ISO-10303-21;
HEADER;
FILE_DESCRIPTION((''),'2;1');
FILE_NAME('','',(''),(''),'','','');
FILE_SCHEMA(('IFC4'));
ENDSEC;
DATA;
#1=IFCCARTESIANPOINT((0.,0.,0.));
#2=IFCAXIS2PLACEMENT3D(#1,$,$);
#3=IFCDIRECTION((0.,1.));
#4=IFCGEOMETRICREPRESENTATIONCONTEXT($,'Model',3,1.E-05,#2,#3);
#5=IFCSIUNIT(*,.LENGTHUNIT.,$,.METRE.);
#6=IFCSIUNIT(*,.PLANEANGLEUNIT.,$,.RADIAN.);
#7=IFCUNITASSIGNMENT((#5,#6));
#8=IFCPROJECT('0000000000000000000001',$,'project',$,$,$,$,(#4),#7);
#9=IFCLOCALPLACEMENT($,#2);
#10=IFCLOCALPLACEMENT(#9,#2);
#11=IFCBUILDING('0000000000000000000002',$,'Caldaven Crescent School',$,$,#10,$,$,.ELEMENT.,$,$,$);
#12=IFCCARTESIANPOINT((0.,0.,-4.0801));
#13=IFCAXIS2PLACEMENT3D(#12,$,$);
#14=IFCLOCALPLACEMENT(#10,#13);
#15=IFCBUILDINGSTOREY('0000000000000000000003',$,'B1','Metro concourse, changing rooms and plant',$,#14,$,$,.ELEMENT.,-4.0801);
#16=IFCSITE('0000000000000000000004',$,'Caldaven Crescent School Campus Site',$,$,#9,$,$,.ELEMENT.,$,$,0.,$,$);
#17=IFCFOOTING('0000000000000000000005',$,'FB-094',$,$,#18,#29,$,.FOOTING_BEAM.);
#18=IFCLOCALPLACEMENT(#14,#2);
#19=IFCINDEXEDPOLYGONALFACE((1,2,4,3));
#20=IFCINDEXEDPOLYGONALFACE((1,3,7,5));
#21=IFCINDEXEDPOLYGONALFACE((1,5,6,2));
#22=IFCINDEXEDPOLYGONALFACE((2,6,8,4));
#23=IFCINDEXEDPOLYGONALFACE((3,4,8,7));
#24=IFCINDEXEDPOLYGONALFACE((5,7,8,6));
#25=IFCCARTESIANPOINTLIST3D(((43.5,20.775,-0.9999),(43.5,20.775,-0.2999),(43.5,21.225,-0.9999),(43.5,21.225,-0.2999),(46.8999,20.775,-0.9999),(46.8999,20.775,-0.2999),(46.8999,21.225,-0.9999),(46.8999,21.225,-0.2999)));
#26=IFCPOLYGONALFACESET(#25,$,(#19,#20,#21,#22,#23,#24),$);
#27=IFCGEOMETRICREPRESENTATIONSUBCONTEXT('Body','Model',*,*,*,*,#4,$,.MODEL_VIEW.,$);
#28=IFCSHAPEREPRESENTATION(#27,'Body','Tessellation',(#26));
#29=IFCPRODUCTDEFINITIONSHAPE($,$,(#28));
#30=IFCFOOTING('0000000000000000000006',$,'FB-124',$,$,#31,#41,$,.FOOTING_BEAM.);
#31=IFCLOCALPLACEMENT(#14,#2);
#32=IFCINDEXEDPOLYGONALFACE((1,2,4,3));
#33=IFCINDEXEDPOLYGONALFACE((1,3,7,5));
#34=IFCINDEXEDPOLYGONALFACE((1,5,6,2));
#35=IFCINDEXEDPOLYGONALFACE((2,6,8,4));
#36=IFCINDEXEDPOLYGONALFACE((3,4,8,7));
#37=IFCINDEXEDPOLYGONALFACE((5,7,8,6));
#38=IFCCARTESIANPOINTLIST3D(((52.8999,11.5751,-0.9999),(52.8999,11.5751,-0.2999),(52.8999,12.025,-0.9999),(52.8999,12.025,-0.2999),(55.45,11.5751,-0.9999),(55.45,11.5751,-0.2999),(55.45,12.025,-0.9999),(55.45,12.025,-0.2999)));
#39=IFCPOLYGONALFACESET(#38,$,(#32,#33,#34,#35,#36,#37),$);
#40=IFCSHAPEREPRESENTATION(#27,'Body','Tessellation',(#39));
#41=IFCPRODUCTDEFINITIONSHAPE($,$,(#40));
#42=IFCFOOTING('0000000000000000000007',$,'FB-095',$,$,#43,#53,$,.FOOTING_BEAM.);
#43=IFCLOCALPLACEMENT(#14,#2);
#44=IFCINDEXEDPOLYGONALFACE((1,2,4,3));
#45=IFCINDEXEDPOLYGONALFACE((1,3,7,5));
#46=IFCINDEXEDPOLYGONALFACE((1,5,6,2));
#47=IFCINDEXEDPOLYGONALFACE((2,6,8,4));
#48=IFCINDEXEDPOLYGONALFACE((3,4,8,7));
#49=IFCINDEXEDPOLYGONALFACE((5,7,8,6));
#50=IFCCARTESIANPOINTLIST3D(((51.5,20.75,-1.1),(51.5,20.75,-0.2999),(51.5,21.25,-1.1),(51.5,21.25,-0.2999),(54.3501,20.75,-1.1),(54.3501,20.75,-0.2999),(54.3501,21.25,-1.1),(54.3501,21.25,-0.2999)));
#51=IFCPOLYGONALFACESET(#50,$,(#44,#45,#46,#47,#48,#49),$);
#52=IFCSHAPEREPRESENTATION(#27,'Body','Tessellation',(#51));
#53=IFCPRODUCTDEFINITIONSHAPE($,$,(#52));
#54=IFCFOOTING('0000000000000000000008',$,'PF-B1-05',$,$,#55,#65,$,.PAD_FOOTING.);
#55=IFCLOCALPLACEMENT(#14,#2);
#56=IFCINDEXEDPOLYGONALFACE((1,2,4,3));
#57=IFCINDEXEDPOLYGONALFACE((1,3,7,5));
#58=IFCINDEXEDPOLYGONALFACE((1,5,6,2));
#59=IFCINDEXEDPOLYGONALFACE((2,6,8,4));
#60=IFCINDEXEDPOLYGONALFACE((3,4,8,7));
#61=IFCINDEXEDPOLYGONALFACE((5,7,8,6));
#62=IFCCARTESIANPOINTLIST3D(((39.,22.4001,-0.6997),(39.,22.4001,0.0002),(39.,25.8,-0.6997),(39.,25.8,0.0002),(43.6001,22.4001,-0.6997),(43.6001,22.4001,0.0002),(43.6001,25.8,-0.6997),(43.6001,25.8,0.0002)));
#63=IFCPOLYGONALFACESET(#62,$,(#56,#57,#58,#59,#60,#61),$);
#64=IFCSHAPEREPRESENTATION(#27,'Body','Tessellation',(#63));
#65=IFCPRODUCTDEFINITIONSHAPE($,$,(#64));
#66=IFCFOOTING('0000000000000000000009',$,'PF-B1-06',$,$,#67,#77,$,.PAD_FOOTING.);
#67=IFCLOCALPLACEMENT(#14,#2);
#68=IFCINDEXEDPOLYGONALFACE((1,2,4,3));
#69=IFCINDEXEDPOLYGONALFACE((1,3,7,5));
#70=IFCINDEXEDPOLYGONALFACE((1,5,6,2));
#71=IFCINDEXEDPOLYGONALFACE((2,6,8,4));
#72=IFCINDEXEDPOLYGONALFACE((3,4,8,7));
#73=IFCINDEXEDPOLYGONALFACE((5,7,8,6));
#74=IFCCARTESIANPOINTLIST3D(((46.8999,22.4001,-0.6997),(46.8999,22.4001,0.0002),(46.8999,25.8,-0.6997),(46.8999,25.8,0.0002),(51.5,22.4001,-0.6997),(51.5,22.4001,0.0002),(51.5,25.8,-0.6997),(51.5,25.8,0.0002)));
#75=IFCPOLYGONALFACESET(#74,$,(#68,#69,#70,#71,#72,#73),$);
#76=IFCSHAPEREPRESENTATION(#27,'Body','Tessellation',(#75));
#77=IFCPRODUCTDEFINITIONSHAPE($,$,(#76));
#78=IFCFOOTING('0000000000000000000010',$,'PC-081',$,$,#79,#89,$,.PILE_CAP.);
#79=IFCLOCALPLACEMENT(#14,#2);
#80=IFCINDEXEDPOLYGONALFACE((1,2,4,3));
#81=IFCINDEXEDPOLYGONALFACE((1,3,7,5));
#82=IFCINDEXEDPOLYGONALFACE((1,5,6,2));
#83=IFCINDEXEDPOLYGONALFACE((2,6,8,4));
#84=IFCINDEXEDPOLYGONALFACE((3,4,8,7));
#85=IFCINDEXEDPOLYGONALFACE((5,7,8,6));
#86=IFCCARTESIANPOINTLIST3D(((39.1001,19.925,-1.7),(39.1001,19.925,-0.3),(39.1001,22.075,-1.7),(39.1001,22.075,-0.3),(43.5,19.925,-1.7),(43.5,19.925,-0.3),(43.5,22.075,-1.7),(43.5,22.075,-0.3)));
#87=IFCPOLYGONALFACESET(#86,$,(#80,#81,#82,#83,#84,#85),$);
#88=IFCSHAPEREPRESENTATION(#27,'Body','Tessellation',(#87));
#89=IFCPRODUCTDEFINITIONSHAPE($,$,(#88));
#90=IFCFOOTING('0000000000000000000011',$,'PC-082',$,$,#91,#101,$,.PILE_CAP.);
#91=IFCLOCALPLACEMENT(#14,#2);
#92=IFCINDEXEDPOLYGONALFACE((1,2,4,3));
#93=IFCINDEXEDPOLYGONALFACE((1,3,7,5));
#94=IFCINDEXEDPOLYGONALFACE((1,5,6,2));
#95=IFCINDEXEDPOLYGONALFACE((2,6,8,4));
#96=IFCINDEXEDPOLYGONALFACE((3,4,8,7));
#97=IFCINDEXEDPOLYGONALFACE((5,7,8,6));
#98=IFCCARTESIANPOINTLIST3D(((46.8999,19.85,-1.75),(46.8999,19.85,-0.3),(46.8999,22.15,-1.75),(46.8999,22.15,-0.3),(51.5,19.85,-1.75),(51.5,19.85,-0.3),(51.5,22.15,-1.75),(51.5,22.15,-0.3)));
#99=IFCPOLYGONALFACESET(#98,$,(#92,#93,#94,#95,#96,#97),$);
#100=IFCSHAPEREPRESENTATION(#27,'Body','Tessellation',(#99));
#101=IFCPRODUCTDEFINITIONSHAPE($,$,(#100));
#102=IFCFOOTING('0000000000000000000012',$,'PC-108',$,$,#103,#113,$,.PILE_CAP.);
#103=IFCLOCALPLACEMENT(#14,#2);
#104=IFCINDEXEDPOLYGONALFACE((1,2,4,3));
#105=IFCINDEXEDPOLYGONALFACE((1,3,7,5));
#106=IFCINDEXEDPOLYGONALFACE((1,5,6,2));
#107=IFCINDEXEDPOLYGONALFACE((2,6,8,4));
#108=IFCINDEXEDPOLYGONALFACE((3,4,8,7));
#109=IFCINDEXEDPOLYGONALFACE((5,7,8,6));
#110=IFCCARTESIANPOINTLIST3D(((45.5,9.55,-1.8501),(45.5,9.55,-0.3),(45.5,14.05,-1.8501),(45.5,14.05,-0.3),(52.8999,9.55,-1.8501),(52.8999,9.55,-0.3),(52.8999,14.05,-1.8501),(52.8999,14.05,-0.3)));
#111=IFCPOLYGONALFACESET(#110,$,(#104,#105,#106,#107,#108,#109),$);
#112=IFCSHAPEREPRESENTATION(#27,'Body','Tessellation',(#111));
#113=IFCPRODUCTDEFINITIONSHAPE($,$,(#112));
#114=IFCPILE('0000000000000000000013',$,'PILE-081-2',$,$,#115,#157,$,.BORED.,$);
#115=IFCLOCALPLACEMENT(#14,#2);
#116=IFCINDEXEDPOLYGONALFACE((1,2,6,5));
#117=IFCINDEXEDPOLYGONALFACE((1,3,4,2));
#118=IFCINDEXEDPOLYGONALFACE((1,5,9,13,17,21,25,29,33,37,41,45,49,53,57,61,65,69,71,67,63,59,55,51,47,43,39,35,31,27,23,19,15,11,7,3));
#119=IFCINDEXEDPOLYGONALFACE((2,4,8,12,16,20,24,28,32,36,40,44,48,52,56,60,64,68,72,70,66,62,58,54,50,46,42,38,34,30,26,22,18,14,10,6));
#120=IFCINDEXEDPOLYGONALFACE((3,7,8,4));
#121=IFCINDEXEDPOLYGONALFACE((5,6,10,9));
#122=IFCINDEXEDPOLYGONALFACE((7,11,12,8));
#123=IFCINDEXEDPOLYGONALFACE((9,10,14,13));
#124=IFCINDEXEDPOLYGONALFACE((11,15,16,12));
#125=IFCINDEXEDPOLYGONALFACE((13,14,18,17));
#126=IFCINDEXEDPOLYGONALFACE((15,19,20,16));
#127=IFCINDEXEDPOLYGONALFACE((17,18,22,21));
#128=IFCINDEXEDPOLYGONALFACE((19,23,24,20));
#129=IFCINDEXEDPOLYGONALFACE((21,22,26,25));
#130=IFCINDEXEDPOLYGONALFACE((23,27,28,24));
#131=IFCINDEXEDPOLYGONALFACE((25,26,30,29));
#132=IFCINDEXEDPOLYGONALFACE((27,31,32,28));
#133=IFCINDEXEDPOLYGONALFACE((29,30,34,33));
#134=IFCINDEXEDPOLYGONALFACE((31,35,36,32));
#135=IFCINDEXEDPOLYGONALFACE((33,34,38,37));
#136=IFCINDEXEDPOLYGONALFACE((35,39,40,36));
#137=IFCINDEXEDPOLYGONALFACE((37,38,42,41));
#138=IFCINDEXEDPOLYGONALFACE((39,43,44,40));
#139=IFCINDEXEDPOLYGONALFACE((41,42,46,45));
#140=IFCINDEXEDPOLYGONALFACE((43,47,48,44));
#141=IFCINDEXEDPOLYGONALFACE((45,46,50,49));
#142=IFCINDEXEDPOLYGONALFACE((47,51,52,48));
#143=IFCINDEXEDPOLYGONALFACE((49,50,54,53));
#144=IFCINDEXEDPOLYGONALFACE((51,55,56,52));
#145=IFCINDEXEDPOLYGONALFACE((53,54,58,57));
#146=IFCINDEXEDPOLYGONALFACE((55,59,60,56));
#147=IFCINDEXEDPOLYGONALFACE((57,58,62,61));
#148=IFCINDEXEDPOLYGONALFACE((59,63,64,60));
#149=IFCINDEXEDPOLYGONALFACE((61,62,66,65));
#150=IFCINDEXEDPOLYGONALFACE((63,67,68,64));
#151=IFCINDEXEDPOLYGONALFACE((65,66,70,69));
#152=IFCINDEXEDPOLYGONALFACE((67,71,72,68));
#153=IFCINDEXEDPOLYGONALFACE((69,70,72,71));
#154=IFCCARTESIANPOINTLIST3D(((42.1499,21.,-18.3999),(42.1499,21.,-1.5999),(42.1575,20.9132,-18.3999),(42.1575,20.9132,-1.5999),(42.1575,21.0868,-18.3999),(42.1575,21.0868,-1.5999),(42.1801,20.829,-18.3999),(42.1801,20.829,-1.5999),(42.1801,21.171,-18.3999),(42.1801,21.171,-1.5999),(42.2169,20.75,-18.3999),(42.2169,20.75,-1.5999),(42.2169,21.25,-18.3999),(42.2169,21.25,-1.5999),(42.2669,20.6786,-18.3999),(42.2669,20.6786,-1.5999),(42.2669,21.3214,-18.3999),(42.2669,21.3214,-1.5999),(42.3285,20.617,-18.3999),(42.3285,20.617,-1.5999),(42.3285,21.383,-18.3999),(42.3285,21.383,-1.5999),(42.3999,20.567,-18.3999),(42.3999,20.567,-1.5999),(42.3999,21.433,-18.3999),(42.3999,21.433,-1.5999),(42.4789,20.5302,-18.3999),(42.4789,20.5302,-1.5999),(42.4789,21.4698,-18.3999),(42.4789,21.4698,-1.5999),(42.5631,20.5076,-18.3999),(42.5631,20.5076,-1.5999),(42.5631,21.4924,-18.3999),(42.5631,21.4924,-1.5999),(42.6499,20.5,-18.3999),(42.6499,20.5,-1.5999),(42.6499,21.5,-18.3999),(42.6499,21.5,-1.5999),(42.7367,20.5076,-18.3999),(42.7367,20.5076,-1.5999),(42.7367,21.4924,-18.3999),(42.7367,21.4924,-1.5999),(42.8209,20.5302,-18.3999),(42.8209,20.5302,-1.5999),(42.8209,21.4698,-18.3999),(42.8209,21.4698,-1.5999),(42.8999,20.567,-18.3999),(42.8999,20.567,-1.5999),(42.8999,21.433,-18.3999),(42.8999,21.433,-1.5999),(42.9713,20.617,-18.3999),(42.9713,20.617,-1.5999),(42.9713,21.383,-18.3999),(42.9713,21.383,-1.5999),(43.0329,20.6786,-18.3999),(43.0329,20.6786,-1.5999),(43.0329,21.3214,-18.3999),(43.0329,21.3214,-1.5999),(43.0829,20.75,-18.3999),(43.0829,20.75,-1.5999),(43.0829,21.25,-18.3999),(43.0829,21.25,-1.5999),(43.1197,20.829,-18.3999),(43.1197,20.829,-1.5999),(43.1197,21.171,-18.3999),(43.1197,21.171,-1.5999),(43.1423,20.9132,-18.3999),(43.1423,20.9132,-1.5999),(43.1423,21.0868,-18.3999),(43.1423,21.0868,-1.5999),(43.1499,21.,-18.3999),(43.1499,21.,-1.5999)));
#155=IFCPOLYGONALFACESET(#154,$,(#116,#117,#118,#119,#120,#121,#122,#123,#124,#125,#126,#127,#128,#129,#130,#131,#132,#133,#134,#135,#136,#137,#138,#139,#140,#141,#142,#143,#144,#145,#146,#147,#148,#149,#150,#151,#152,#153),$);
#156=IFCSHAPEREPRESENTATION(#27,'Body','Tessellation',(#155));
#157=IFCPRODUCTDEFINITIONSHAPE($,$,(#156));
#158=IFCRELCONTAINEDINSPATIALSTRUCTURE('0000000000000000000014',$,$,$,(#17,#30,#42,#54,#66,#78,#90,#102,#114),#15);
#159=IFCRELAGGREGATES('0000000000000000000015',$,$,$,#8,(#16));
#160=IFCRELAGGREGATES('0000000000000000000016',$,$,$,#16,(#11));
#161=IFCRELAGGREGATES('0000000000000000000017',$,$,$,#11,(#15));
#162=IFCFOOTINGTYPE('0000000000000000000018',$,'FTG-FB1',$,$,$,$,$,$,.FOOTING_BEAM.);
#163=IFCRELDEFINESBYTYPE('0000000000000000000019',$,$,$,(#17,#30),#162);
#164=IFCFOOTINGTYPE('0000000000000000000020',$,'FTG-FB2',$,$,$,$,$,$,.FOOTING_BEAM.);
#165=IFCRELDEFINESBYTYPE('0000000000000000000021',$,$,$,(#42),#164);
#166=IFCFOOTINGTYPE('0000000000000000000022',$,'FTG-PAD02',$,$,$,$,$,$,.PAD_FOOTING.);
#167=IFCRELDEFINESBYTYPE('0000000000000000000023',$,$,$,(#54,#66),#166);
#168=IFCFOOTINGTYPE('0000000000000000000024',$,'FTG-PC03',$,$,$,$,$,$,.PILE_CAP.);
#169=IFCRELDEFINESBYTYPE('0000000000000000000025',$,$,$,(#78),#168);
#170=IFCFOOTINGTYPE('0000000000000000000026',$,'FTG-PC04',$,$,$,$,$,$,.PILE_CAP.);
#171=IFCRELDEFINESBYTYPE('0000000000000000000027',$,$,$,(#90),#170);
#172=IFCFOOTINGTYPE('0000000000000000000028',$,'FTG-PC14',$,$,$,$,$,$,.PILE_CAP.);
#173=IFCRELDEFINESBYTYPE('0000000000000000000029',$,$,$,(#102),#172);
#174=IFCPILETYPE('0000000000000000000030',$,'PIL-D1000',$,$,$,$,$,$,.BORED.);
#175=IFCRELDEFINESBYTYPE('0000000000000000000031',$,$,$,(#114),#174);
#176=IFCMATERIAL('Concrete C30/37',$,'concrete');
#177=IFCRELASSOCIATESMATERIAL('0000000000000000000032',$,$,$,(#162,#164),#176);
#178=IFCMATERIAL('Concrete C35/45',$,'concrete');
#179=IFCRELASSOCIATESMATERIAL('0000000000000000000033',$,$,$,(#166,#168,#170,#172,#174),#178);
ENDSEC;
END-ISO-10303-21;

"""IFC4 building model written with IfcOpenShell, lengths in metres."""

from ifc_helpers import new_model, si_unit, direction, frame, origin, origin_2d, place, context, subcontext, project, spatial, rectangle, circle, extrude, material, material_profile, profile_set, type_object, element, save


model = new_model("IFC4")

# Units and contexts
model_context = context("Model", 3, precision=1e-05, world=origin(), true_north=direction((0.0, 1.0)))
body_context = subcontext(model_context, "Body", "Model", "MODEL_VIEW")
ifc_project = project(units=[si_unit("LENGTHUNIT", "METRE"), si_unit("PLANEANGLEUNIT", "RADIAN")], contexts=[model_context])

# Site, building, storey
site_placement = place(None, origin())
site = spatial("IfcSite", under=ifc_project, at=site_placement, Name="Caldaven Crescent School Campus Site", CompositionType="ELEMENT", RefElevation=0.0)
building_placement = place(site_placement, origin())
building = spatial("IfcBuilding", under=site, at=building_placement, Name="Caldaven Crescent School", CompositionType="ELEMENT")
storey_placement = place(building_placement, frame((0.0, 0.0, -4.0801)))
storey = spatial("IfcBuildingStorey", under=building, at=storey_placement, Name="B1", Description="Metro concourse, changing rooms and plant", CompositionType="ELEMENT", Elevation=-4.0801)

# Footings
ifc_material_1 = material(Name="Concrete C30/37", Category="concrete")
ifc_material_profile_1 = material_profile(ifc_material_1, rectangle(XDim=0.45, YDim=0.7, at=origin_2d()), Name="FB 450x700")
ifc_profile_set_1 = profile_set([ifc_material_profile_1], Name="Concrete C30/37")
footing_type_1 = type_object("IfcFootingType", Name="FTG-FB1", PredefinedType="FOOTING_BEAM", material=ifc_profile_set_1)
footing_1_placement = place(storey_placement, frame((43.5, 21.0, -0.6499), z_axis=(1.0, 0.0, 0.0), x_axis=(0.0, 1.0, 0.0)))
element("IfcFooting", 1, at=footing_1_placement, inside=storey, type_object=footing_type_1, Name="FB-094", PredefinedType="FOOTING_BEAM", context=body_context, shape_type="SweptSolid", body=[
    extrude(rectangle(XDim=0.45, YDim=0.7, at=origin_2d()), origin(), (0.0, 0.0, 1.0), 3.3999),
])
footing_2_placement = place(storey_placement, frame((52.8999, 11.8, -0.6499), z_axis=(1.0, 0.0, 0.0), x_axis=(0.0, 1.0, 0.0)))
element("IfcFooting", 2, at=footing_2_placement, inside=storey, type_object=footing_type_1, Name="FB-124", PredefinedType="FOOTING_BEAM", context=body_context, shape_type="SweptSolid", body=[
    extrude(rectangle(XDim=0.45, YDim=0.7, at=origin_2d()), origin(), (0.0, 0.0, 1.0), 2.55),
])
ifc_material_profile_2 = material_profile(ifc_material_1, rectangle(XDim=0.5, YDim=0.8, at=origin_2d()), Name="FB 500x800")
ifc_profile_set_2 = profile_set([ifc_material_profile_2], Name="Concrete C30/37")
footing_type_2 = type_object("IfcFootingType", Name="FTG-FB2", PredefinedType="FOOTING_BEAM", material=ifc_profile_set_2)
footing_3_placement = place(storey_placement, frame((51.5, 21.0, -0.7), z_axis=(1.0, 0.0, 0.0), x_axis=(0.0, 1.0, 0.0)))
element("IfcFooting", 3, at=footing_3_placement, inside=storey, type_object=footing_type_2, Name="FB-095", PredefinedType="FOOTING_BEAM", context=body_context, shape_type="SweptSolid", body=[
    extrude(rectangle(XDim=0.5, YDim=0.8, at=origin_2d()), origin(), (0.0, 0.0, 1.0), 2.8501),
])
ifc_material_2 = material(Name="Concrete C35/45", Category="concrete")
footing_type_3 = type_object("IfcFootingType", Name="FTG-PAD02", PredefinedType="PAD_FOOTING", material=ifc_material_2)
for number, where, z_axis, x_axis, name in (
    (4, (41.3, 24.1001, -0.6997), (0.0, 0.0, 1.0), (1.0, 0.0, 0.0), "PF-B1-05"),
    (5, (49.2, 24.1001, -0.6997), (0.0, 0.0, 1.0), (1.0, 0.0, 0.0), "PF-B1-06"),
):
    element("IfcFooting", number, at=place(storey_placement, frame(where, z_axis=z_axis, x_axis=x_axis)), inside=storey, type_object=footing_type_3, Name=name, PredefinedType="PAD_FOOTING", context=body_context, shape_type="SweptSolid", body=[
        extrude(rectangle(XDim=4.6001, YDim=3.3999, at=origin_2d()), origin(), (0.0, 0.0, 1.0), 0.7),
    ])
footing_type_4 = type_object("IfcFootingType", Name="FTG-PC03", PredefinedType="PILE_CAP", material=ifc_material_2)
footing_4_placement = place(storey_placement, frame((41.3, 21.0, -1.7), z_axis=(0.0, 0.0, 1.0), x_axis=(1.0, 0.0, 0.0)))
element("IfcFooting", 6, at=footing_4_placement, inside=storey, type_object=footing_type_4, Name="PC-081", PredefinedType="PILE_CAP", context=body_context, shape_type="SweptSolid", body=[
    extrude(rectangle(XDim=4.3999, YDim=2.1499, at=origin_2d()), origin(), (0.0, 0.0, 1.0), 1.3999),
])
footing_type_5 = type_object("IfcFootingType", Name="FTG-PC04", PredefinedType="PILE_CAP", material=ifc_material_2)
footing_5_placement = place(storey_placement, frame((49.2, 21.0, -1.75), z_axis=(0.0, 0.0, 1.0), x_axis=(1.0, 0.0, 0.0)))
element("IfcFooting", 7, at=footing_5_placement, inside=storey, type_object=footing_type_5, Name="PC-082", PredefinedType="PILE_CAP", context=body_context, shape_type="SweptSolid", body=[
    extrude(rectangle(XDim=4.6001, YDim=2.3, at=origin_2d()), origin(), (0.0, 0.0, 1.0), 1.45),
])
footing_type_6 = type_object("IfcFootingType", Name="FTG-PC14", PredefinedType="PILE_CAP", material=ifc_material_2)
footing_6_placement = place(storey_placement, frame((49.2, 11.8, -1.8501), z_axis=(0.0, 0.0, 1.0), x_axis=(1.0, 0.0, 0.0)))
element("IfcFooting", 8, at=footing_6_placement, inside=storey, type_object=footing_type_6, Name="PC-108", PredefinedType="PILE_CAP", context=body_context, shape_type="SweptSolid", body=[
    extrude(rectangle(XDim=7.3999, YDim=4.5, at=origin_2d()), origin(), (0.0, 0.0, 1.0), 1.55),
])

# Pile
ifc_material_profile_3 = material_profile(ifc_material_2, circle(Radius=0.5, at=origin_2d()), Name="PILE D1000")
ifc_profile_set_3 = profile_set([ifc_material_profile_3], Name="Concrete C35/45")
pile_type_1 = type_object("IfcPileType", Name="PIL-D1000", PredefinedType="BORED", material=ifc_profile_set_3)
for number, where, z_axis, x_axis, name in (
    (9, (42.6499, 21.0, -1.5999), (0.0, 0.0, -1.0), (1.0, 0.0, 0.0), "PILE-081-2"),
):
    element("IfcPile", number, at=place(storey_placement, frame(where, z_axis=z_axis, x_axis=x_axis)), inside=storey, type_object=pile_type_1, Name=name, PredefinedType="BORED", context=body_context, shape_type="SweptSolid", body=[
        extrude(circle(Radius=0.5, at=origin_2d()), origin(), (0.0, 0.0, 1.0), 16.8),
    ])

save(model, "model.ifc")
